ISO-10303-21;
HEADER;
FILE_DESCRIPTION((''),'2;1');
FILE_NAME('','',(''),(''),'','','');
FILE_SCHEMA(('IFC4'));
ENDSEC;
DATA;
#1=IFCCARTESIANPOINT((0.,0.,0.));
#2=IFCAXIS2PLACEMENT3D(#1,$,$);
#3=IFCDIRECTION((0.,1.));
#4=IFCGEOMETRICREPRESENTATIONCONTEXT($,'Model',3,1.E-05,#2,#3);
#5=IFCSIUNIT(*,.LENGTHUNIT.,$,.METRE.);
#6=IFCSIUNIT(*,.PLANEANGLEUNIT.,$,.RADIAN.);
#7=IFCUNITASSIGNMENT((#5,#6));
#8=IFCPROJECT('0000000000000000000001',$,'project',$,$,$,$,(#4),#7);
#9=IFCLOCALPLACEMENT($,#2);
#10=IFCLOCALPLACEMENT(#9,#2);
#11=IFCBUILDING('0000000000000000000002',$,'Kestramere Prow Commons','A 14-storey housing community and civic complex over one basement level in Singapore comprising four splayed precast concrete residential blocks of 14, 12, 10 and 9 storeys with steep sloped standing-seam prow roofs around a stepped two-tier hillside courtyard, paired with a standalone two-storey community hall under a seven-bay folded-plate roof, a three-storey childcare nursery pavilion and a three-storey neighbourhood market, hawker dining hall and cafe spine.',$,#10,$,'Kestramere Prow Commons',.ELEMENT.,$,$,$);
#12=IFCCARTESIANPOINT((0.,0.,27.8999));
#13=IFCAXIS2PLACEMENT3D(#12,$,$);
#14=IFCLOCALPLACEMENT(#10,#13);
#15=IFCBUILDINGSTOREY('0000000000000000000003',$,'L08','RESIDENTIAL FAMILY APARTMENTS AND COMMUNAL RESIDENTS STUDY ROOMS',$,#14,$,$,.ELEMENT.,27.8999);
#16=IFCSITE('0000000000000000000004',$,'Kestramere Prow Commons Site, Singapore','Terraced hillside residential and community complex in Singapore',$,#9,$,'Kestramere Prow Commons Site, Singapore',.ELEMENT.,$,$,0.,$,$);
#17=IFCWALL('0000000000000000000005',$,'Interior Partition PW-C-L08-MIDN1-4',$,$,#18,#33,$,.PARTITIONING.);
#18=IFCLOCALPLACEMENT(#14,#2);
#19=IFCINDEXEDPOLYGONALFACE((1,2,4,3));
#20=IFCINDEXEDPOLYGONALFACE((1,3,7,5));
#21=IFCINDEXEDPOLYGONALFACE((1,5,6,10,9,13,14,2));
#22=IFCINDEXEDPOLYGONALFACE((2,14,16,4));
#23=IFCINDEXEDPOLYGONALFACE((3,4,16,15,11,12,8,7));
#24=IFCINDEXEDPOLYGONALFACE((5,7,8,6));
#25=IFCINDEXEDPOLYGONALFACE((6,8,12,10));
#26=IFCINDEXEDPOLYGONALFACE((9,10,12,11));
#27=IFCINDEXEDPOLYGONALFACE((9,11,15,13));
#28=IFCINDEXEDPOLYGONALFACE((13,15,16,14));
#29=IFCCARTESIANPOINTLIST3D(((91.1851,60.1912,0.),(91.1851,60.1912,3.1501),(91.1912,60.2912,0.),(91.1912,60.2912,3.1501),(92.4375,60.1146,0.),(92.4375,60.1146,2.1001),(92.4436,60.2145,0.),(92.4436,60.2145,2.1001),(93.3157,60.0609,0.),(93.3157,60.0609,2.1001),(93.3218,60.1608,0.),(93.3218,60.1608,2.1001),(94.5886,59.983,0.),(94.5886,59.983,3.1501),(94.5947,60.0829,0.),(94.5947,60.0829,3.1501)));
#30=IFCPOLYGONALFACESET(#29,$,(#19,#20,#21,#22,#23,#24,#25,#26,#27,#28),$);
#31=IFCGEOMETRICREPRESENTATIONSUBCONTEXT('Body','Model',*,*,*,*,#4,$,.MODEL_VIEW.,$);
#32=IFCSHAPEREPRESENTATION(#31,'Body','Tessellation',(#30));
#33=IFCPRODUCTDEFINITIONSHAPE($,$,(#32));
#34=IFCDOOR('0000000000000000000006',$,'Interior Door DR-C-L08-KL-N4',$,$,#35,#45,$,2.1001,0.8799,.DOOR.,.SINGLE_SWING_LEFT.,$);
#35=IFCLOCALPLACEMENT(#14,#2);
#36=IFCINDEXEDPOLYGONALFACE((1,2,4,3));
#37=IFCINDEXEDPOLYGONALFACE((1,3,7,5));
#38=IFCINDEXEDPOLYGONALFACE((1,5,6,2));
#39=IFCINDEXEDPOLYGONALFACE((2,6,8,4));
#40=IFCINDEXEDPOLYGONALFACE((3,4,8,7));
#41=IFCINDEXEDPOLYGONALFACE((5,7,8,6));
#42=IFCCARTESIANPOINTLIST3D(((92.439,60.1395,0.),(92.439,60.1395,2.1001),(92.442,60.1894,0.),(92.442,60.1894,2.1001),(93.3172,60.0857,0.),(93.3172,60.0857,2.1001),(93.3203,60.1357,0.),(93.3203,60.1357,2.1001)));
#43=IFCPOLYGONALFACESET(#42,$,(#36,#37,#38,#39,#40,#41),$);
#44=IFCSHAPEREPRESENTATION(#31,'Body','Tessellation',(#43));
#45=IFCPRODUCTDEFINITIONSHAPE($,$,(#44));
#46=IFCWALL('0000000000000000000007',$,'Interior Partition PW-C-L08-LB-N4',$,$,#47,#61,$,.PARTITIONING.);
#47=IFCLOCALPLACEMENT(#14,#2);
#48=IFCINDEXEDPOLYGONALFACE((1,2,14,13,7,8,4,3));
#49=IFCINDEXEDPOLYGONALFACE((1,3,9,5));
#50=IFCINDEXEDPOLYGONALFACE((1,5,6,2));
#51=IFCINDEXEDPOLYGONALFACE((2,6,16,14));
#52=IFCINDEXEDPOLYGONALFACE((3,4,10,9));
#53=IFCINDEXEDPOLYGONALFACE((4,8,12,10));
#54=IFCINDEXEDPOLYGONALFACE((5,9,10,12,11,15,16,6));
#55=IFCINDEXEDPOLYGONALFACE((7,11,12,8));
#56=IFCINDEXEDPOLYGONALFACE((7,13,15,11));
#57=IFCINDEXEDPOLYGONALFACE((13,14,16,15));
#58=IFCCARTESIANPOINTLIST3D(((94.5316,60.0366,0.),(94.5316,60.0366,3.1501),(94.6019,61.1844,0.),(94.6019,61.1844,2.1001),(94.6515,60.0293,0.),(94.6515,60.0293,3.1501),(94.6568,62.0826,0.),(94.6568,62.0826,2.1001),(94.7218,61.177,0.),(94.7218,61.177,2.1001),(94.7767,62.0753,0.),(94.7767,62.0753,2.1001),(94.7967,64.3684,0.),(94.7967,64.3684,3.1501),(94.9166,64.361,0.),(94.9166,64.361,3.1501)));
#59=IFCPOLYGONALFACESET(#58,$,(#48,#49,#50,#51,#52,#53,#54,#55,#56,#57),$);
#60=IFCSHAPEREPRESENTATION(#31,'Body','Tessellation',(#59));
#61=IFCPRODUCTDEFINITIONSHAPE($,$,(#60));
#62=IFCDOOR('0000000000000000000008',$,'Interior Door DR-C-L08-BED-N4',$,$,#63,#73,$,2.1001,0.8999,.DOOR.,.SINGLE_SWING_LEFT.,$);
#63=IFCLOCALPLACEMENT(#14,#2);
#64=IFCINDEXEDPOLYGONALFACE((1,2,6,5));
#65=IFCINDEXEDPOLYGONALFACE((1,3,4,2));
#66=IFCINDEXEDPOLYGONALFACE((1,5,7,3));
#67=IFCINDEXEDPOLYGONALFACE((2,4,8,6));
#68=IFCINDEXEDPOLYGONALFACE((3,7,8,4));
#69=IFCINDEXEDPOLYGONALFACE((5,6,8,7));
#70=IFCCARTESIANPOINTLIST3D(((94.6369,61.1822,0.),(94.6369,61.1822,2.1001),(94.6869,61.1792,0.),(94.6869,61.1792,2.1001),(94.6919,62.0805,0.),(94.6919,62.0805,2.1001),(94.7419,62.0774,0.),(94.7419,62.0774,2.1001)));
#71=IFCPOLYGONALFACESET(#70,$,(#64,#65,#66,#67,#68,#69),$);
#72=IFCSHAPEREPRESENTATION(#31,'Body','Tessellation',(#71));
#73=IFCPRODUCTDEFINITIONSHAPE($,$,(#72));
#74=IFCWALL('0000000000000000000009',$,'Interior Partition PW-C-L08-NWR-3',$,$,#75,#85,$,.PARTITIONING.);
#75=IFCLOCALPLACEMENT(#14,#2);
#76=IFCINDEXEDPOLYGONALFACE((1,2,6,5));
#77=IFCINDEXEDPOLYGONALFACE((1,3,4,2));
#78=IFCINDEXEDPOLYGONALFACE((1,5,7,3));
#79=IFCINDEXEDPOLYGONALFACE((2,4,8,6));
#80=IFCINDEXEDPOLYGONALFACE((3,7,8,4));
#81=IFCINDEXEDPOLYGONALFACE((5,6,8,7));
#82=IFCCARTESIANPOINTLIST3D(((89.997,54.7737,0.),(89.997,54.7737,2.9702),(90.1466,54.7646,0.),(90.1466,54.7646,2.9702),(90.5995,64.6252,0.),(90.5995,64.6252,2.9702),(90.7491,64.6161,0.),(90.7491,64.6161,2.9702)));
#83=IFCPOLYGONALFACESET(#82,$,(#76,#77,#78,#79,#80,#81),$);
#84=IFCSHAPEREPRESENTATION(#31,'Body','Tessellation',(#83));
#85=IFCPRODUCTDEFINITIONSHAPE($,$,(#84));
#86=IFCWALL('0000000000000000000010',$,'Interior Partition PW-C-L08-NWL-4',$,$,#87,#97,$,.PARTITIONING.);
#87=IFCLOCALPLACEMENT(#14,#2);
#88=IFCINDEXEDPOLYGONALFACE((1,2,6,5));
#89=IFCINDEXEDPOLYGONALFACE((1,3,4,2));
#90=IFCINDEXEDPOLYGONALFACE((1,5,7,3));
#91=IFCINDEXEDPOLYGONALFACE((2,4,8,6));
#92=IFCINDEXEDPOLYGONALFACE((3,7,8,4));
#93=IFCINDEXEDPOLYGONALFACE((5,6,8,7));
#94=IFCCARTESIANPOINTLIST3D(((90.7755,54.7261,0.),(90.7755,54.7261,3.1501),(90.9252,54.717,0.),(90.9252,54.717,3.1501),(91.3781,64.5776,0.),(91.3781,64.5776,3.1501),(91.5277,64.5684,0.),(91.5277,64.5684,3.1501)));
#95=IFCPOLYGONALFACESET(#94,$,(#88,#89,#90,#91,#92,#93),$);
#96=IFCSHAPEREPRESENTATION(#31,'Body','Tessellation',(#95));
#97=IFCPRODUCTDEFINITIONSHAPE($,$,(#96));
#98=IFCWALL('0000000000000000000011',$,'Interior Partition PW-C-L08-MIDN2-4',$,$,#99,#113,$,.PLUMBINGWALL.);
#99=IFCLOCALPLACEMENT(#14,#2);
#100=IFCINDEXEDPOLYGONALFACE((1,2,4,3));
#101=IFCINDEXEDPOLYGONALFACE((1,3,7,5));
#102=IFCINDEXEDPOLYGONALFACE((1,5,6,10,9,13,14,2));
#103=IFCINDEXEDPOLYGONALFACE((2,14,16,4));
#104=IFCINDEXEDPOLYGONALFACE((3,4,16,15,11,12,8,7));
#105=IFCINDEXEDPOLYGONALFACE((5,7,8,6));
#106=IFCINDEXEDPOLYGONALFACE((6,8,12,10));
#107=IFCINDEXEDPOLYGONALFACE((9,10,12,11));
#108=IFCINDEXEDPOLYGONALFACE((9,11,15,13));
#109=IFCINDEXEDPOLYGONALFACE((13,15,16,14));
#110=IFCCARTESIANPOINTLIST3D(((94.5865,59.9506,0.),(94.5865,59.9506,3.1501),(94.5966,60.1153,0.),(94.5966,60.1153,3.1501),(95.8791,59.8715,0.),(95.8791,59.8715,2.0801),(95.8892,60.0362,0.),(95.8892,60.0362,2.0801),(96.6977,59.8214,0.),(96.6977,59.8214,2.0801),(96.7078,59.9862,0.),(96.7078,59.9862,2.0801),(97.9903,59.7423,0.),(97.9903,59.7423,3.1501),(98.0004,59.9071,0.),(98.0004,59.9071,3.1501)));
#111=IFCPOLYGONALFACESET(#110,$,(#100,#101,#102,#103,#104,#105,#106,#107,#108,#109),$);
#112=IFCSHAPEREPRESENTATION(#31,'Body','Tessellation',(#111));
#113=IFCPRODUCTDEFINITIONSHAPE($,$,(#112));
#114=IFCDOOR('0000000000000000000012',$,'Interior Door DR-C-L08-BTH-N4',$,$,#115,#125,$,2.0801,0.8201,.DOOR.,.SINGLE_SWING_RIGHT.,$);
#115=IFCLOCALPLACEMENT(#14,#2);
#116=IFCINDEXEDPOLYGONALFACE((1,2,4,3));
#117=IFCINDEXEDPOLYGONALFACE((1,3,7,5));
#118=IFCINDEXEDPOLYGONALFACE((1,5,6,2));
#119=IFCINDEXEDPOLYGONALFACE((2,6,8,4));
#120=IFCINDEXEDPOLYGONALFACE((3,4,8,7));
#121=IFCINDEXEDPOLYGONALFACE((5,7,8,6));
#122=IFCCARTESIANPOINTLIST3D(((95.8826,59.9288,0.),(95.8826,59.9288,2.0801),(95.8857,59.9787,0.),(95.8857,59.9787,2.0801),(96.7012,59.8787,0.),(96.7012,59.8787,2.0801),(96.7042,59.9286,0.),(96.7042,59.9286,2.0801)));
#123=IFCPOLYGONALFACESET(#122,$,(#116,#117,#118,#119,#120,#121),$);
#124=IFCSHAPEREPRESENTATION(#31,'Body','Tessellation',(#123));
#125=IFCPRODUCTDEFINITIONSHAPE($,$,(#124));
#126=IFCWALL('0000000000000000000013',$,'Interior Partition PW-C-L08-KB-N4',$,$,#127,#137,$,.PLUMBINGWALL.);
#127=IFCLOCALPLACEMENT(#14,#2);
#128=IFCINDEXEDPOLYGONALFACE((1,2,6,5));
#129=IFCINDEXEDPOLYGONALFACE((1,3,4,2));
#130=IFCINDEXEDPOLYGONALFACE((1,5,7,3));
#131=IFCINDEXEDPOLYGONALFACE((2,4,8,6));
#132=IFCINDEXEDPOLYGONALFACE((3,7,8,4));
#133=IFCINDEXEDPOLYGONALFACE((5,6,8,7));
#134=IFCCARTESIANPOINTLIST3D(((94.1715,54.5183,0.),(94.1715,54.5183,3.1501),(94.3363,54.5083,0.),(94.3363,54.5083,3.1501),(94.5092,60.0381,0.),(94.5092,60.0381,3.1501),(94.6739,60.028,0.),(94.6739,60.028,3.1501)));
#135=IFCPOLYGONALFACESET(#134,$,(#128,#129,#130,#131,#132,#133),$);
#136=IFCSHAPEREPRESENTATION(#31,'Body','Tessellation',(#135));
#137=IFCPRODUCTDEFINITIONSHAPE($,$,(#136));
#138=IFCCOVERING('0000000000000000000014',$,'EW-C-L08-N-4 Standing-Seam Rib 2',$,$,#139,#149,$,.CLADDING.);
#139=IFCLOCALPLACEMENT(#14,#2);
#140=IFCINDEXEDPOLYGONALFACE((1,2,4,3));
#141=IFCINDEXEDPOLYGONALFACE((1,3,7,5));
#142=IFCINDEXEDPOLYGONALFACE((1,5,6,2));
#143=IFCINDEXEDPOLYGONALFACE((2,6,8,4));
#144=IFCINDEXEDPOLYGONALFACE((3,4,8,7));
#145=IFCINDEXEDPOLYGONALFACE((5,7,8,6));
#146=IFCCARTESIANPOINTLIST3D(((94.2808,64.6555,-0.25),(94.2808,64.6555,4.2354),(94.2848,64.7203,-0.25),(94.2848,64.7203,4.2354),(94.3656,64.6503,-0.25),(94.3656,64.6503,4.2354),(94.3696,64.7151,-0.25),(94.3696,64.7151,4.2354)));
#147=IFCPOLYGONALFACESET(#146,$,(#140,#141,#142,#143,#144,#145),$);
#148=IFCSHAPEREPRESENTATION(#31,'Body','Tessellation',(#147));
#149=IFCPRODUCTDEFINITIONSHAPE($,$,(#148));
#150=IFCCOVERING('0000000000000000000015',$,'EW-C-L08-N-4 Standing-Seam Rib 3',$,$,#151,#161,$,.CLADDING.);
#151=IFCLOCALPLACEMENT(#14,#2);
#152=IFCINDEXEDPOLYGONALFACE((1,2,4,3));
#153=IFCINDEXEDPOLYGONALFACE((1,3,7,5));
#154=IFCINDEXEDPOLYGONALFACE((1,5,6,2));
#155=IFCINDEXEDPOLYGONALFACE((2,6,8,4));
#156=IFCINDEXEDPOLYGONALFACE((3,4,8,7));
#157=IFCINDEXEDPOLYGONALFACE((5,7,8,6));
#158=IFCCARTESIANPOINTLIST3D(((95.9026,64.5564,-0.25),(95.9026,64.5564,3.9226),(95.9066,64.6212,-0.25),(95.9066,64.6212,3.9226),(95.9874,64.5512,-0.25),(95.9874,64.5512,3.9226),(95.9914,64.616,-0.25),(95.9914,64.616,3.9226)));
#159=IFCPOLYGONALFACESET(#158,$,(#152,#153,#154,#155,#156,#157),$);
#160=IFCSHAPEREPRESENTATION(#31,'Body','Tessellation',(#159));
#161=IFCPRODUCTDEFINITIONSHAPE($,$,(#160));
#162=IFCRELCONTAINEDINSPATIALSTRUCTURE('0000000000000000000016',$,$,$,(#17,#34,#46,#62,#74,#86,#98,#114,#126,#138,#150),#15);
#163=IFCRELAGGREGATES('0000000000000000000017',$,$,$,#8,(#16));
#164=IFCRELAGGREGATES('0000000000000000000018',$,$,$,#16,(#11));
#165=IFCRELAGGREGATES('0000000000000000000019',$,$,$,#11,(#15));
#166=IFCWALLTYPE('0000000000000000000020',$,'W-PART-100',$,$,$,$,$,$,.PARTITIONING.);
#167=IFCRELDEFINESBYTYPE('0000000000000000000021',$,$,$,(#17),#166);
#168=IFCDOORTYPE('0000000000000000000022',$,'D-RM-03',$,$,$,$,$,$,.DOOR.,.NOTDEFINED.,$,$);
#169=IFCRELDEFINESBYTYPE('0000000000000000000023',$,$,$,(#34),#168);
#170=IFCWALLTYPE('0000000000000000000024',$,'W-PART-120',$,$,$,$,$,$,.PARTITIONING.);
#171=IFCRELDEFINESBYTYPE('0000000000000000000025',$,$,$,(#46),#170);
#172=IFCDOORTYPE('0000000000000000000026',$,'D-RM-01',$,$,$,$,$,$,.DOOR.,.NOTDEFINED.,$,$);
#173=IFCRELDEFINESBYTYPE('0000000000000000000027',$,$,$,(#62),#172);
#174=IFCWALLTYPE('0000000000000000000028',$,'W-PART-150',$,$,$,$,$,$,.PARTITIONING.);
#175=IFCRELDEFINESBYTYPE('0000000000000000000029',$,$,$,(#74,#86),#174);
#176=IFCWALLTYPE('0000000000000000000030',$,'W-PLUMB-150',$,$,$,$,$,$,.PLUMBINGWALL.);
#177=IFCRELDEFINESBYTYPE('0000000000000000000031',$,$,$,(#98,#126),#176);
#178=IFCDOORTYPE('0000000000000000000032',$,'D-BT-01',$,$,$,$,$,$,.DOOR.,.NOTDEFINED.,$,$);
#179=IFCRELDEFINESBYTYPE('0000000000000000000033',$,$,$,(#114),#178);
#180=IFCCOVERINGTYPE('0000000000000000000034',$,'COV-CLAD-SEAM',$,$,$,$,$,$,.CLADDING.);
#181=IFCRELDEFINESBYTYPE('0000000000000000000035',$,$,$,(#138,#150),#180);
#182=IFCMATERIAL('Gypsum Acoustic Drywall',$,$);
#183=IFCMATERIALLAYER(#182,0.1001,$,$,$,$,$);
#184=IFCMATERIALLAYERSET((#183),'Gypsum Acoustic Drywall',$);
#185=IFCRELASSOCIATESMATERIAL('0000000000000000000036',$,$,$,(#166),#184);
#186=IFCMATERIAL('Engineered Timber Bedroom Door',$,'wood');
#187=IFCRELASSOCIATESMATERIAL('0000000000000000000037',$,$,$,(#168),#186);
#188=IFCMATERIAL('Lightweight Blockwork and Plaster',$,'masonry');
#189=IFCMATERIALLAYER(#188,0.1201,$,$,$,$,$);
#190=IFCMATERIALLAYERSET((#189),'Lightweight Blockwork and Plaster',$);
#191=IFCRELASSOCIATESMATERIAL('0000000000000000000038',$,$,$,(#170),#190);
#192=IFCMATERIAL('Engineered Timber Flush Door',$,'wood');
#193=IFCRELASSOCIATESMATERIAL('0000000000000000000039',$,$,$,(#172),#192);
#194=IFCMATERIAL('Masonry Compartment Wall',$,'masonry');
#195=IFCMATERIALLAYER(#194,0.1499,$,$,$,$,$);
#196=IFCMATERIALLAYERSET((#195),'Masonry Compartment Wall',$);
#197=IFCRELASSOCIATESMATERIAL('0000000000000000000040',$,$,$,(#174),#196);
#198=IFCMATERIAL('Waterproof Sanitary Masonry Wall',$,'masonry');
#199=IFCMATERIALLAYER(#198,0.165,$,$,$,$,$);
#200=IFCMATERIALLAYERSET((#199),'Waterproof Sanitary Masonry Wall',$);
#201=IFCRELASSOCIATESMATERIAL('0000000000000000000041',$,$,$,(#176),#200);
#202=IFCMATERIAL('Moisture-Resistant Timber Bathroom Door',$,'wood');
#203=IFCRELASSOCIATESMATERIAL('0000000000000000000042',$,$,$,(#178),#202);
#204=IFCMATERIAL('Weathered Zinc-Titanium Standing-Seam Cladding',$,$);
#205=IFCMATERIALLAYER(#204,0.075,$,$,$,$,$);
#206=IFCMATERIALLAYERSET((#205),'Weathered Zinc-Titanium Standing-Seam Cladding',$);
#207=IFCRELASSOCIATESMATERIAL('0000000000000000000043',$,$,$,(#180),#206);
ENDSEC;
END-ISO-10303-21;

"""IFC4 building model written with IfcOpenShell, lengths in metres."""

from ifc_helpers import new_model, si_unit, direction, frame, frame_2d, origin, origin_2d, place, context, subcontext, project, spatial, rectangle, extrude, material, layer, layer_set, type_object, element, fill, save


model = new_model("IFC4")

# Units and contexts
model_context = context("Model", 3, precision=1e-05, world=origin(), true_north=direction((0.0, 1.0)))
body_context = subcontext(model_context, "Body", "Model", "MODEL_VIEW")
ifc_project = project(units=[si_unit("LENGTHUNIT", "METRE"), si_unit("PLANEANGLEUNIT", "RADIAN")], contexts=[model_context])

# Site, building, storey
site_placement = place(None, origin())
site = spatial("IfcSite", under=ifc_project, at=site_placement, Name="Kestramere Prow Commons Site, Singapore", Description="Terraced hillside residential and community complex in Singapore", LongName="Kestramere Prow Commons Site, Singapore", CompositionType="ELEMENT", RefElevation=0.0)
building_placement = place(site_placement, origin())
building = spatial("IfcBuilding", under=site, at=building_placement, Name="Kestramere Prow Commons", Description="A 14-storey housing community and civic complex over one basement level in Singapore comprising four splayed precast concrete residential blocks of 14, 12, 10 and 9 storeys with steep sloped standing-seam prow roofs around a stepped two-tier hillside courtyard, paired with a standalone two-storey community hall under a seven-bay folded-plate roof, a three-storey childcare nursery pavilion and a three-storey neighbourhood market, hawker dining hall and cafe spine.", LongName="Kestramere Prow Commons", CompositionType="ELEMENT")
storey_placement = place(building_placement, frame((0.0, 0.0, 27.8999)))
storey = spatial("IfcBuildingStorey", under=building, at=storey_placement, Name="L08", Description="RESIDENTIAL FAMILY APARTMENTS AND COMMUNAL RESIDENTS STUDY ROOMS", CompositionType="ELEMENT", Elevation=27.8999)

# Walls, openings, doors
ifc_material_1 = material(Name="Gypsum Acoustic Drywall")
ifc_layer_1 = layer(ifc_material_1, 0.1001)
ifc_layer_set_1 = layer_set([ifc_layer_1], Name="Gypsum Acoustic Drywall")
wall_type_1 = type_object("IfcWallType", Name="W-PART-100", PredefinedType="PARTITIONING", material=ifc_layer_set_1)
wall_1_placement = place(storey_placement, frame((91.188, 60.2412, 0.0), z_axis=(0.0, 0.0, 1.0), x_axis=(0.998133, -0.061072, 0.0)))
wall_1 = element("IfcWall", 1, at=wall_1_placement, inside=storey, type_object=wall_type_1, Name="Interior Partition PW-C-L08-MIDN1-4", PredefinedType="PARTITIONING", context=body_context, shape_type="SweptSolid", body=[
    extrude(rectangle(XDim=3.4099, YDim=0.1001, at=frame_2d((1.7051, 0.0))), origin(), (0.0, 0.0, 1.0), 3.1501),
])
opening_1_placement = place(wall_1_placement, frame((1.2549, 0.0, 0.0)))
opening_1 = element("IfcOpeningElement", 2, at=opening_1_placement, cuts=wall_1, PredefinedType="OPENING", context=body_context, shape_type="SweptSolid", body=[
    extrude(rectangle(XDim=0.8799, YDim=2.1001, at=frame_2d((0.4399, 1.05))), frame((0.0, 0.0649, 0.0), z_axis=(0.0, -1.0, 0.0), x_axis=(1.0, 0.0, 0.0)), (0.0, 0.0, 1.0), 0.1301),
])
ifc_material_2 = material(Name="Engineered Timber Bedroom Door", Category="wood")
door_type_1 = type_object("IfcDoorType", Name="D-RM-03", OperationType="NOTDEFINED", PredefinedType="DOOR", material=ifc_material_2)
door_1_placement = place(opening_1_placement, origin())
door_1 = element("IfcDoor", 3, at=door_1_placement, inside=storey, type_object=door_type_1, Name="Interior Door DR-C-L08-KL-N4", OperationType="SINGLE_SWING_LEFT", OverallHeight=2.1001, OverallWidth=0.8799, PredefinedType="DOOR", context=body_context, shape_type="SweptSolid", body=[
    extrude(rectangle(XDim=0.8799, YDim=2.1001, at=frame_2d((0.4399, 1.05))), frame((0.0, 0.0249, 0.0), z_axis=(0.0, -1.0, 0.0), x_axis=(1.0, 0.0, 0.0)), (0.0, 0.0, 1.0), 0.05),
])
fill(opening_1, door_1)
ifc_material_3 = material(Name="Lightweight Blockwork and Plaster", Category="masonry")
ifc_layer_2 = layer(ifc_material_3, 0.1201)
ifc_layer_set_2 = layer_set([ifc_layer_2], Name="Lightweight Blockwork and Plaster")
wall_type_2 = type_object("IfcWallType", Name="W-PART-120", PredefinedType="PARTITIONING", material=ifc_layer_set_2)
wall_2_placement = place(storey_placement, frame((94.5916, 60.033, 0.0), z_axis=(0.0, 0.0, 1.0), x_axis=(0.061093, 0.998132, 0.0)))
wall_2 = element("IfcWall", 4, at=wall_2_placement, inside=storey, type_object=wall_type_2, Name="Interior Partition PW-C-L08-LB-N4", PredefinedType="PARTITIONING", context=body_context, shape_type="SweptSolid", body=[
    extrude(rectangle(XDim=4.3398, YDim=0.1201, at=frame_2d((2.1699, 0.0))), origin(), (0.0, 0.0, 1.0), 3.1501),
])
opening_2_placement = place(wall_2_placement, frame((1.1499, 0.0, 0.0)))
opening_2 = element("IfcOpeningElement", 5, at=opening_2_placement, cuts=wall_2, PredefinedType="OPENING", context=body_context, shape_type="SweptSolid", body=[
    extrude(rectangle(XDim=0.8999, YDim=2.1001, at=frame_2d((0.45, 1.05))), frame((0.0, 0.075, 0.0), z_axis=(0.0, -1.0, 0.0), x_axis=(1.0, 0.0, 0.0)), (0.0, 0.0, 1.0), 0.1501),
])
ifc_material_4 = material(Name="Engineered Timber Flush Door", Category="wood")
door_type_2 = type_object("IfcDoorType", Name="D-RM-01", OperationType="NOTDEFINED", PredefinedType="DOOR", material=ifc_material_4)
door_2_placement = place(opening_2_placement, origin())
door_2 = element("IfcDoor", 6, at=door_2_placement, inside=storey, type_object=door_type_2, Name="Interior Door DR-C-L08-BED-N4", OperationType="SINGLE_SWING_LEFT", OverallHeight=2.1001, OverallWidth=0.8999, PredefinedType="DOOR", context=body_context, shape_type="SweptSolid", body=[
    extrude(rectangle(XDim=0.8999, YDim=2.1001, at=frame_2d((0.45, 1.05))), frame((0.0, 0.0249, 0.0), z_axis=(0.0, -1.0, 0.0), x_axis=(1.0, 0.0, 0.0)), (0.0, 0.0, 1.0), 0.05),
])
fill(opening_2, door_2)

# Walls
ifc_material_5 = material(Name="Masonry Compartment Wall", Category="masonry")
ifc_layer_3 = layer(ifc_material_5, 0.1499)
ifc_layer_set_3 = layer_set([ifc_layer_3], Name="Masonry Compartment Wall")
wall_type_3 = type_object("IfcWallType", Name="W-PART-150", PredefinedType="PARTITIONING", material=ifc_layer_set_3)
wall_3_placement = place(storey_placement, frame((90.0718, 54.769, 0.0), z_axis=(0.0, 0.0, 1.0), x_axis=(0.061048, 0.998135, 0.0)))
element("IfcWall", 7, at=wall_3_placement, inside=storey, type_object=wall_type_3, Name="Interior Partition PW-C-L08-NWR-3", PredefinedType="PARTITIONING", context=body_context, shape_type="SweptSolid", body=[
    extrude(rectangle(XDim=9.8699, YDim=0.1499, at=frame_2d((4.9351, 0.0))), origin(), (0.0, 0.0, 1.0), 2.9702),
])
wall_4_placement = place(storey_placement, frame((90.8503, 54.7214, 0.0), z_axis=(0.0, 0.0, 1.0), x_axis=(0.061048, 0.998135, 0.0)))
element("IfcWall", 8, at=wall_4_placement, inside=storey, type_object=wall_type_3, Name="Interior Partition PW-C-L08-NWL-4", PredefinedType="PARTITIONING", context=body_context, shape_type="SweptSolid", body=[
    extrude(rectangle(XDim=9.8699, YDim=0.1499, at=frame_2d((4.9351, 0.0))), origin(), (0.0, 0.0, 1.0), 3.1501),
])

# Wall, opening, door
ifc_material_6 = material(Name="Waterproof Sanitary Masonry Wall", Category="masonry")
ifc_layer_4 = layer(ifc_material_6, 0.165)
ifc_layer_set_4 = layer_set([ifc_layer_4], Name="Waterproof Sanitary Masonry Wall")
wall_type_4 = type_object("IfcWallType", Name="W-PLUMB-150", PredefinedType="PLUMBINGWALL", material=ifc_layer_set_4)
wall_5_placement = place(storey_placement, frame((94.5916, 60.033, 0.0), z_axis=(0.0, 0.0, 1.0), x_axis=(0.998134, -0.061068, 0.0)))
wall_5 = element("IfcWall", 9, at=wall_5_placement, inside=storey, type_object=wall_type_4, Name="Interior Partition PW-C-L08-MIDN2-4", PredefinedType="PLUMBINGWALL", context=body_context, shape_type="SweptSolid", body=[
    extrude(rectangle(XDim=3.4102, YDim=0.165, at=frame_2d((1.7051, 0.0))), origin(), (0.0, 0.0, 1.0), 3.1501),
])
opening_3_placement = place(wall_5_placement, frame((1.2949, 0.0, 0.0)))
opening_3 = element("IfcOpeningElement", 10, at=opening_3_placement, cuts=wall_5, PredefinedType="OPENING", context=body_context, shape_type="SweptSolid", body=[
    extrude(rectangle(XDim=0.8201, YDim=2.0801, at=frame_2d((0.4102, 1.04))), frame((0.0, 0.0974, 0.0), z_axis=(0.0, -1.0, 0.0), x_axis=(1.0, 0.0, 0.0)), (0.0, 0.0, 1.0), 0.1951),
])
ifc_material_7 = material(Name="Moisture-Resistant Timber Bathroom Door", Category="wood")
door_type_3 = type_object("IfcDoorType", Name="D-BT-01", OperationType="NOTDEFINED", PredefinedType="DOOR", material=ifc_material_7)
door_3_placement = place(opening_3_placement, origin())
door_3 = element("IfcDoor", 11, at=door_3_placement, inside=storey, type_object=door_type_3, Name="Interior Door DR-C-L08-BTH-N4", OperationType="SINGLE_SWING_RIGHT", OverallHeight=2.0801, OverallWidth=0.8201, PredefinedType="DOOR", context=body_context, shape_type="SweptSolid", body=[
    extrude(rectangle(XDim=0.8201, YDim=2.0801, at=frame_2d((0.4102, 1.04))), frame((0.0, 0.0249, 0.0), z_axis=(0.0, -1.0, 0.0), x_axis=(1.0, 0.0, 0.0)), (0.0, 0.0, 1.0), 0.05),
])
fill(opening_3, door_3)

# Wall
wall_6_placement = place(storey_placement, frame((94.2539, 54.5132, 0.0), z_axis=(0.0, 0.0, 1.0), x_axis=(0.061056, 0.998134, 0.0)))
element("IfcWall", 12, at=wall_6_placement, inside=storey, type_object=wall_type_4, Name="Interior Partition PW-C-L08-KB-N4", PredefinedType="PLUMBINGWALL", context=body_context, shape_type="SweptSolid", body=[
    extrude(rectangle(XDim=5.53, YDim=0.165, at=frame_2d((2.7651, 0.0))), origin(), (0.0, 0.0, 1.0), 3.1501),
])

# Coverings
ifc_material_8 = material(Name="Weathered Zinc-Titanium Standing-Seam Cladding")
ifc_layer_5 = layer(ifc_material_8, 0.075)
ifc_layer_set_5 = layer_set([ifc_layer_5], Name="Weathered Zinc-Titanium Standing-Seam Cladding")
covering_type = type_object("IfcCoveringType", Name="COV-CLAD-SEAM", PredefinedType="CLADDING", material=ifc_layer_set_5)
covering_1_placement = place(storey_placement, frame((94.3252, 64.6853, -0.25), z_axis=(0.0, 0.0, 1.0), x_axis=(0.998135, -0.061049, 0.0)))
element("IfcCovering", 13, at=covering_1_placement, inside=storey, type_object=covering_type, Name="EW-C-L08-N-4 Standing-Seam Rib 2", PredefinedType="CLADDING", context=body_context, shape_type="SweptSolid", body=[
    extrude(rectangle(XDim=0.085, YDim=0.0649, at=origin_2d()), origin(), (0.0, 0.0, 1.0), 4.4854),
])
covering_2_placement = place(storey_placement, frame((95.947, 64.5862, -0.25), z_axis=(0.0, 0.0, 1.0), x_axis=(0.998135, -0.061049, 0.0)))
element("IfcCovering", 14, at=covering_2_placement, inside=storey, type_object=covering_type, Name="EW-C-L08-N-4 Standing-Seam Rib 3", PredefinedType="CLADDING", context=body_context, shape_type="SweptSolid", body=[
    extrude(rectangle(XDim=0.085, YDim=0.0649, at=origin_2d()), origin(), (0.0, 0.0, 1.0), 4.1726),
])

save(model, "model.ifc")
